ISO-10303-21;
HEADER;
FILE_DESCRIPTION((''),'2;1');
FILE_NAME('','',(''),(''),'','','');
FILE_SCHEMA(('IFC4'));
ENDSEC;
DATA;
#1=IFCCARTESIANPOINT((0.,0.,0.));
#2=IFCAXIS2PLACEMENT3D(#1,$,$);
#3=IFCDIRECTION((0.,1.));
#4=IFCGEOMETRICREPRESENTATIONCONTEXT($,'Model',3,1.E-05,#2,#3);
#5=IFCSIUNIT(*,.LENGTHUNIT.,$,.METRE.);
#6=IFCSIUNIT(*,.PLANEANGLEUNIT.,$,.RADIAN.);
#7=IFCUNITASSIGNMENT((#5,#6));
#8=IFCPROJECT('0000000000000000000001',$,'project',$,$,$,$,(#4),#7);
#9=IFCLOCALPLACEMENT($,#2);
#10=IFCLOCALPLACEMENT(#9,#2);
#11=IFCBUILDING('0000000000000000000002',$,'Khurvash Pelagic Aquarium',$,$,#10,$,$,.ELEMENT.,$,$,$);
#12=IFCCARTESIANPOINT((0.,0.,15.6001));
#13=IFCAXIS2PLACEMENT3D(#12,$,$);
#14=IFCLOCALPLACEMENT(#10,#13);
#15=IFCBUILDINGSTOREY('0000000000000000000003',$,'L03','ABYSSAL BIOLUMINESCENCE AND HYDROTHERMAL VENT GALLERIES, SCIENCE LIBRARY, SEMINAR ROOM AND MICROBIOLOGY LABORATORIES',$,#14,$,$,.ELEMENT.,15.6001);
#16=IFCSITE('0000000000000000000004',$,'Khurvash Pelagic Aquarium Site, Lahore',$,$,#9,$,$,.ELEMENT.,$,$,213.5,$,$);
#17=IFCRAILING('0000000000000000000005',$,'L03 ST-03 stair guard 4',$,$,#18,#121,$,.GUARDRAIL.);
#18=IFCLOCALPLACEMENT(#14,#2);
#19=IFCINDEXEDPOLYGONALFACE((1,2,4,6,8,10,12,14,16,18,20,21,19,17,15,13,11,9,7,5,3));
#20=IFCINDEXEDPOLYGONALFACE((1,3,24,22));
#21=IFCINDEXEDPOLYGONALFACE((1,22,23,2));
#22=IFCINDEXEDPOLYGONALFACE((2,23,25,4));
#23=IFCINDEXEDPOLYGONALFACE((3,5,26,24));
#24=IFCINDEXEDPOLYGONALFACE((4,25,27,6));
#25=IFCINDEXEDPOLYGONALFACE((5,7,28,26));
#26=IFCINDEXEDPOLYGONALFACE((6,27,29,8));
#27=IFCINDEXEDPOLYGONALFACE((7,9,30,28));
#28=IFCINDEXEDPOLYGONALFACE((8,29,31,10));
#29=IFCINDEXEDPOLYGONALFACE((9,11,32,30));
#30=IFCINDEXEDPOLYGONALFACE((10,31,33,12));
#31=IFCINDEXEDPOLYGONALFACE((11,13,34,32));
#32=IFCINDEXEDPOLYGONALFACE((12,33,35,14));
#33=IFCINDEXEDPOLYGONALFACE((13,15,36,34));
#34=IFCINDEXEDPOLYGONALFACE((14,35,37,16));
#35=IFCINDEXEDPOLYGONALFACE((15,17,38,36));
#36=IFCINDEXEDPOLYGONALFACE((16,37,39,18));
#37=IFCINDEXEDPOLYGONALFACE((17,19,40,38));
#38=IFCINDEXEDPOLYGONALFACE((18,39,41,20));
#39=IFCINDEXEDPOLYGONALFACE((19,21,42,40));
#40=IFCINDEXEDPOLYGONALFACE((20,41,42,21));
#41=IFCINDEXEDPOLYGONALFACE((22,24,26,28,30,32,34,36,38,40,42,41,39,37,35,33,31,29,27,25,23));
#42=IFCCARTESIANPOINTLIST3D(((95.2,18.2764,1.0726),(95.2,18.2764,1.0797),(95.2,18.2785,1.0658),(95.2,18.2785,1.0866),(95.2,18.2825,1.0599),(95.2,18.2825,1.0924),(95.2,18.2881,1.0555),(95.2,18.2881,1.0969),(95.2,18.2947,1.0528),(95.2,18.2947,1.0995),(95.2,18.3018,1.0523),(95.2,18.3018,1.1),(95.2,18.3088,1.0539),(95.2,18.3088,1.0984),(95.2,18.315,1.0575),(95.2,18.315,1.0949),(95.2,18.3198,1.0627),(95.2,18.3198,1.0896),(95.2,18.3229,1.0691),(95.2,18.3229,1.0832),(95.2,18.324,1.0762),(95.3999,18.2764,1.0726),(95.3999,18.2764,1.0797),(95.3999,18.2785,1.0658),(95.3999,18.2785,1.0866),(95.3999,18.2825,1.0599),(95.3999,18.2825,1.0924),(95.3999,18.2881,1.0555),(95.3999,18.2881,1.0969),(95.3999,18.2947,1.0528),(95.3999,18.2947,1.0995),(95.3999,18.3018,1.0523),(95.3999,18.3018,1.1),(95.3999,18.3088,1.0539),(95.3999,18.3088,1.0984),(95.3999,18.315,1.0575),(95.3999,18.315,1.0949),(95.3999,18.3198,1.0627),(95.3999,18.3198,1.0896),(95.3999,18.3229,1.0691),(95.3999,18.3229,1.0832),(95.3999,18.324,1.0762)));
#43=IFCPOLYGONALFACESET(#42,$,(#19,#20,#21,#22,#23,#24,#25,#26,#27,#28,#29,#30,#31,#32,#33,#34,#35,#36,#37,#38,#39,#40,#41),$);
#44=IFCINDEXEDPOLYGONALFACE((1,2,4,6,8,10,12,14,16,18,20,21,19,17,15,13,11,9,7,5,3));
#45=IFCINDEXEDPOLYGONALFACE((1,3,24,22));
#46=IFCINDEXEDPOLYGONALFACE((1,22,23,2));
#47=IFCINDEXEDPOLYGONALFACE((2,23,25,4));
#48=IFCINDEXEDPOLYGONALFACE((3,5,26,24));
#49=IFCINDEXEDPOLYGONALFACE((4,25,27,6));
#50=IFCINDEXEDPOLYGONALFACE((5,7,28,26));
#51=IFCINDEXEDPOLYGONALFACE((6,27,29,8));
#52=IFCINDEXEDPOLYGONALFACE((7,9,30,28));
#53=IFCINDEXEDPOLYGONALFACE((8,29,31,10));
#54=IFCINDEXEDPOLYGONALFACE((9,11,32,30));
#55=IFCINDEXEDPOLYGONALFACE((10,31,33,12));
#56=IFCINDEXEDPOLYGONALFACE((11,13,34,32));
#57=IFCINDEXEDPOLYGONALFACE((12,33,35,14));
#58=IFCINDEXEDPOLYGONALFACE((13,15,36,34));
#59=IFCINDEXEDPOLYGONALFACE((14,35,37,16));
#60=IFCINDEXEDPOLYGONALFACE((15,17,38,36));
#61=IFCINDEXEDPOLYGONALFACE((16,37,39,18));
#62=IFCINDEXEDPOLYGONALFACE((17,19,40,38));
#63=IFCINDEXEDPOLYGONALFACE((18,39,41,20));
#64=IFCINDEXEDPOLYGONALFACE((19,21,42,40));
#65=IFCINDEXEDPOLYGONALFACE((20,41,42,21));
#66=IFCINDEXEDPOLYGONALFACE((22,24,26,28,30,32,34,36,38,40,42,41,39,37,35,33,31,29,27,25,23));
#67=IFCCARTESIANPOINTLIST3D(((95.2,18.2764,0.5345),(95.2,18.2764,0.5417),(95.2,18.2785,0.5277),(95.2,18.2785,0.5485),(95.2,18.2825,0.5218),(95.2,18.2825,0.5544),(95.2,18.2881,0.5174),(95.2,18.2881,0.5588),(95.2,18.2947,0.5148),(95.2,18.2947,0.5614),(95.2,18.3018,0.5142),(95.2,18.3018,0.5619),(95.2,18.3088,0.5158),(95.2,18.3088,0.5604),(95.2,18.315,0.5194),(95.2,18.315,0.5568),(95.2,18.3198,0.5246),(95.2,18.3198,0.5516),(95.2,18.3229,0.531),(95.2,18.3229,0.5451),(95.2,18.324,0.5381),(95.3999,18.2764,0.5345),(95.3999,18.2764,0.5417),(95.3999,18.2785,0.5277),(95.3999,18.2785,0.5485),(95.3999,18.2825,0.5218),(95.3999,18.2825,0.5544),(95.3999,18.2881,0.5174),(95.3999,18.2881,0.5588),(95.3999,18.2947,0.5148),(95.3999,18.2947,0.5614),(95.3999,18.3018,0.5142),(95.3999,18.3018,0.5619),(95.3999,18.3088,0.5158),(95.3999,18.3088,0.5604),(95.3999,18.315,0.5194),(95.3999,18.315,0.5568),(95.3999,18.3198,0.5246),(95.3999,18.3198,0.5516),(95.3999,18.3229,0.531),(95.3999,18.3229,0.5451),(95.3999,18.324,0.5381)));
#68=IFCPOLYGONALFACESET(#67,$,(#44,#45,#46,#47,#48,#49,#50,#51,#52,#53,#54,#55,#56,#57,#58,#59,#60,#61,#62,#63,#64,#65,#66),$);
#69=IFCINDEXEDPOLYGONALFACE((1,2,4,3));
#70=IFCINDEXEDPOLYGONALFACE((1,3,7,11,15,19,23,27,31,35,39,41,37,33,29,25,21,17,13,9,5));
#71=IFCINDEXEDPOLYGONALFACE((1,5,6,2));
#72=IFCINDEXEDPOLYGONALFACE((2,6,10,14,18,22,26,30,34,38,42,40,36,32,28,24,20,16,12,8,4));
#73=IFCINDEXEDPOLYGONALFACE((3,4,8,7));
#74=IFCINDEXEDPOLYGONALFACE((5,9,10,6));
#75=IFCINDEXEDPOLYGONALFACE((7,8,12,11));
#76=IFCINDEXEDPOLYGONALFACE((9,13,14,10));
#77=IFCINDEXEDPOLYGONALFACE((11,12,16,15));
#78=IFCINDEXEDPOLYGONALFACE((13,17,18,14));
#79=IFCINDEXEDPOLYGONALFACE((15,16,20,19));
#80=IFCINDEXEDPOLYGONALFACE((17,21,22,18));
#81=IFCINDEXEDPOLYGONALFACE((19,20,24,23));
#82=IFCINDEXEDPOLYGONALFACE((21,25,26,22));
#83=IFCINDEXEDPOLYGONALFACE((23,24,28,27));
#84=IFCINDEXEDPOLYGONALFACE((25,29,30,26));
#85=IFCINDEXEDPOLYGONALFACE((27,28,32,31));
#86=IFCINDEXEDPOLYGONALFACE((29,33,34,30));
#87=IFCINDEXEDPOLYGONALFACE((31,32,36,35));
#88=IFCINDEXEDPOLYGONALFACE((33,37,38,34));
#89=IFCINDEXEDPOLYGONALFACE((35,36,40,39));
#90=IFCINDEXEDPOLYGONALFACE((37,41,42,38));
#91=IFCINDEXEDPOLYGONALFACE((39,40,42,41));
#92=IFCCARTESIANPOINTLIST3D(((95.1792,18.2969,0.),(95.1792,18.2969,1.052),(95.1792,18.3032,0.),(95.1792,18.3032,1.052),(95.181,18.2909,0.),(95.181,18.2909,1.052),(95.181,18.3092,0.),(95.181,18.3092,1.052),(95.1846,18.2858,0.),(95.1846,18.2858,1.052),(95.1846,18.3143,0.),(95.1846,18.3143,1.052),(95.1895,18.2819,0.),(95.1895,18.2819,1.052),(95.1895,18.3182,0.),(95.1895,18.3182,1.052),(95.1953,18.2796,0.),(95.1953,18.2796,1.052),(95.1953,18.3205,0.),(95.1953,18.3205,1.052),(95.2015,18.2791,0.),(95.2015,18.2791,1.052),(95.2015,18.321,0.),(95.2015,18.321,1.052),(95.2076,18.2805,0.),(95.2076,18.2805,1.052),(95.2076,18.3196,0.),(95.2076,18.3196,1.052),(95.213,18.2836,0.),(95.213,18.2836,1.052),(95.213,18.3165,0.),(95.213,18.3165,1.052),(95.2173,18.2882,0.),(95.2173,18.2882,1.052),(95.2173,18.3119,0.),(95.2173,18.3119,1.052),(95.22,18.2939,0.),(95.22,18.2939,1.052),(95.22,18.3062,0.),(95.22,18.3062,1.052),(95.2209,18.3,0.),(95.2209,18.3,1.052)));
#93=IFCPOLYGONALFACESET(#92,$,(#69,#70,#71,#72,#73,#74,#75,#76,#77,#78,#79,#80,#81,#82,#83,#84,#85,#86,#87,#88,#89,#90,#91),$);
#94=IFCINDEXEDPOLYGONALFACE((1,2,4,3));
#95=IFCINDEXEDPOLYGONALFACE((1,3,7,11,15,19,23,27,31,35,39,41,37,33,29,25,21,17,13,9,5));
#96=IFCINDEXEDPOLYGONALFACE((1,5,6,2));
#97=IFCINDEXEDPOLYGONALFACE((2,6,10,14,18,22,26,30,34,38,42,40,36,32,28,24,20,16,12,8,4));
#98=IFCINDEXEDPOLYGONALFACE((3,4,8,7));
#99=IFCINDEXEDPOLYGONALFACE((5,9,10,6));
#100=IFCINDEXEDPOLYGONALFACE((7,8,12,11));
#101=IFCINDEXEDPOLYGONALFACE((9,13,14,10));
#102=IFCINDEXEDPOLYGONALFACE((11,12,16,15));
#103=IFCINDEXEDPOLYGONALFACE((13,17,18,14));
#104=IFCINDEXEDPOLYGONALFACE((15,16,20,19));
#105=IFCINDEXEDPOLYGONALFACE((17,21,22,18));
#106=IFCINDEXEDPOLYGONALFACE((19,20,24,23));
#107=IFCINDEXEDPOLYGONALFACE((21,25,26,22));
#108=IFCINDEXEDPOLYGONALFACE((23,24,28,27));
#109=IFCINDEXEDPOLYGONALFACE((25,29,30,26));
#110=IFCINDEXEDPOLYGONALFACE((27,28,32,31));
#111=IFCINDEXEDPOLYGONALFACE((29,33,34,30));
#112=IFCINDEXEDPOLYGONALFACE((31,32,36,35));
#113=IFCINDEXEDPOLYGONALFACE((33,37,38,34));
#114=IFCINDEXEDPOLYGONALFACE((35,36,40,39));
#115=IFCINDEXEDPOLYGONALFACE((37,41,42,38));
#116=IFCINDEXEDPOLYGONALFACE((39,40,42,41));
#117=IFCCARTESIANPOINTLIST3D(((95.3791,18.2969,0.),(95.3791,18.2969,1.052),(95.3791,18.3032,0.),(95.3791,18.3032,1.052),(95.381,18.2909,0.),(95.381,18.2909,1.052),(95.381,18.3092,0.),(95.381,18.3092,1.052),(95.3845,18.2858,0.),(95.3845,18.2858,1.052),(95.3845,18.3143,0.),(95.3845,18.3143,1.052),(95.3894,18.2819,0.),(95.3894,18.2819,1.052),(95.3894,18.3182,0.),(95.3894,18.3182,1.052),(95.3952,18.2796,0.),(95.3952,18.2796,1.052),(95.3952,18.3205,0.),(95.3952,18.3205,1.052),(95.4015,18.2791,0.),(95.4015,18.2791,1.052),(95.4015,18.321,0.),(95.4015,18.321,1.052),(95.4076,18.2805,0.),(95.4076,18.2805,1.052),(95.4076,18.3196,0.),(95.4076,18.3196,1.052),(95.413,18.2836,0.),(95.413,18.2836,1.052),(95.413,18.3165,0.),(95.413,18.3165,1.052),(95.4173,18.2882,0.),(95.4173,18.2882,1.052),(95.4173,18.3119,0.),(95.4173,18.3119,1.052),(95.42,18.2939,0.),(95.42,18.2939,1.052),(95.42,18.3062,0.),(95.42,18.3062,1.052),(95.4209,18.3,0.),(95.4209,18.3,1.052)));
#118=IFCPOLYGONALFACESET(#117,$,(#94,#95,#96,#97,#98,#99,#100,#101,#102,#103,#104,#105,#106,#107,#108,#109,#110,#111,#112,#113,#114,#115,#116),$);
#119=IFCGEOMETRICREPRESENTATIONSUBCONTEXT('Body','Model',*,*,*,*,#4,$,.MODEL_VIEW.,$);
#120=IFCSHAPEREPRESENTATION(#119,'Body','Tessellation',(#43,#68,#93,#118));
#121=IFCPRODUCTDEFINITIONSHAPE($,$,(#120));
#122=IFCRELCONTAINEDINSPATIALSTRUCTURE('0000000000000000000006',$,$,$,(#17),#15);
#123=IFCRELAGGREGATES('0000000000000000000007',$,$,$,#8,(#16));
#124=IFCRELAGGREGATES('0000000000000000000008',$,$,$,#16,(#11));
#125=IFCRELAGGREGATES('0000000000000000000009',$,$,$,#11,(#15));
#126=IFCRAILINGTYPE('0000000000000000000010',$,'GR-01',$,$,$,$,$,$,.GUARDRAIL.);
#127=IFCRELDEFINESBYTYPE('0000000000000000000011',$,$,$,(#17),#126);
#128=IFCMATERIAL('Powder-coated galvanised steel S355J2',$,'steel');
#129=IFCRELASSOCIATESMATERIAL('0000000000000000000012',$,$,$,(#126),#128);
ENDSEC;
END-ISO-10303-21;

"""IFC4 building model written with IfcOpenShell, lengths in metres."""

from ifc_helpers import new_model, si_unit, direction, frame, origin, origin_2d, place, context, subcontext, project, spatial, circle, extrude, material, type_object, element, save


model = new_model("IFC4")

# Units and contexts
model_context = context("Model", 3, precision=1e-05, world=origin(), true_north=direction((0.0, 1.0)))
body_context = subcontext(model_context, "Body", "Model", "MODEL_VIEW")
ifc_project = project(units=[si_unit("LENGTHUNIT", "METRE"), si_unit("PLANEANGLEUNIT", "RADIAN")], contexts=[model_context])

# Site, building, storey
site_placement = place(None, origin())
site = spatial("IfcSite", under=ifc_project, at=site_placement, Name="Khurvash Pelagic Aquarium Site, Lahore", CompositionType="ELEMENT", RefElevation=213.5)
building_placement = place(site_placement, origin())
building = spatial("IfcBuilding", under=site, at=building_placement, Name="Khurvash Pelagic Aquarium", CompositionType="ELEMENT")
storey_placement = place(building_placement, frame((0.0, 0.0, 15.6001)))
storey = spatial("IfcBuildingStorey", under=building, at=storey_placement, Name="L03", Description="ABYSSAL BIOLUMINESCENCE AND HYDROTHERMAL VENT GALLERIES, SCIENCE LIBRARY, SEMINAR ROOM AND MICROBIOLOGY LABORATORIES", CompositionType="ELEMENT", Elevation=15.6001)

# Railing
ifc_material_1 = material(Name="Powder-coated galvanised steel S355J2", Category="steel")
railing_type_1 = type_object("IfcRailingType", Name="GR-01", PredefinedType="GUARDRAIL", material=ifc_material_1)
railing_1_placement = place(storey_placement, frame((95.2, 18.3, 0.0)))
element("IfcRailing", 1, at=railing_1_placement, inside=storey, type_object=railing_type_1, Name="L03 ST-03 stair guard 4", PredefinedType="GUARDRAIL", context=body_context, shape_type="SweptSolid", body=[
    extrude(circle(Radius=0.0239, at=origin_2d()), frame((0.0, 0.0, 1.0762), z_axis=(1.0, 0.0, 0.0), x_axis=(0.0, 1.0, 0.0)), (0.0, 0.0, 1.0), 0.2),
    extrude(circle(Radius=0.0239, at=origin_2d()), frame((0.0, 0.0, 0.5381), z_axis=(1.0, 0.0, 0.0), x_axis=(0.0, 1.0, 0.0)), (0.0, 0.0, 1.0), 0.2),
    extrude(circle(Radius=0.021, at=origin_2d()), origin(), (0.0, 0.0, 1.0), 1.052),
    extrude(circle(Radius=0.021, at=origin_2d()), frame((0.2, 0.0, 0.0)), (0.0, 0.0, 1.0), 1.052),
])

save(model, "model.ifc")
